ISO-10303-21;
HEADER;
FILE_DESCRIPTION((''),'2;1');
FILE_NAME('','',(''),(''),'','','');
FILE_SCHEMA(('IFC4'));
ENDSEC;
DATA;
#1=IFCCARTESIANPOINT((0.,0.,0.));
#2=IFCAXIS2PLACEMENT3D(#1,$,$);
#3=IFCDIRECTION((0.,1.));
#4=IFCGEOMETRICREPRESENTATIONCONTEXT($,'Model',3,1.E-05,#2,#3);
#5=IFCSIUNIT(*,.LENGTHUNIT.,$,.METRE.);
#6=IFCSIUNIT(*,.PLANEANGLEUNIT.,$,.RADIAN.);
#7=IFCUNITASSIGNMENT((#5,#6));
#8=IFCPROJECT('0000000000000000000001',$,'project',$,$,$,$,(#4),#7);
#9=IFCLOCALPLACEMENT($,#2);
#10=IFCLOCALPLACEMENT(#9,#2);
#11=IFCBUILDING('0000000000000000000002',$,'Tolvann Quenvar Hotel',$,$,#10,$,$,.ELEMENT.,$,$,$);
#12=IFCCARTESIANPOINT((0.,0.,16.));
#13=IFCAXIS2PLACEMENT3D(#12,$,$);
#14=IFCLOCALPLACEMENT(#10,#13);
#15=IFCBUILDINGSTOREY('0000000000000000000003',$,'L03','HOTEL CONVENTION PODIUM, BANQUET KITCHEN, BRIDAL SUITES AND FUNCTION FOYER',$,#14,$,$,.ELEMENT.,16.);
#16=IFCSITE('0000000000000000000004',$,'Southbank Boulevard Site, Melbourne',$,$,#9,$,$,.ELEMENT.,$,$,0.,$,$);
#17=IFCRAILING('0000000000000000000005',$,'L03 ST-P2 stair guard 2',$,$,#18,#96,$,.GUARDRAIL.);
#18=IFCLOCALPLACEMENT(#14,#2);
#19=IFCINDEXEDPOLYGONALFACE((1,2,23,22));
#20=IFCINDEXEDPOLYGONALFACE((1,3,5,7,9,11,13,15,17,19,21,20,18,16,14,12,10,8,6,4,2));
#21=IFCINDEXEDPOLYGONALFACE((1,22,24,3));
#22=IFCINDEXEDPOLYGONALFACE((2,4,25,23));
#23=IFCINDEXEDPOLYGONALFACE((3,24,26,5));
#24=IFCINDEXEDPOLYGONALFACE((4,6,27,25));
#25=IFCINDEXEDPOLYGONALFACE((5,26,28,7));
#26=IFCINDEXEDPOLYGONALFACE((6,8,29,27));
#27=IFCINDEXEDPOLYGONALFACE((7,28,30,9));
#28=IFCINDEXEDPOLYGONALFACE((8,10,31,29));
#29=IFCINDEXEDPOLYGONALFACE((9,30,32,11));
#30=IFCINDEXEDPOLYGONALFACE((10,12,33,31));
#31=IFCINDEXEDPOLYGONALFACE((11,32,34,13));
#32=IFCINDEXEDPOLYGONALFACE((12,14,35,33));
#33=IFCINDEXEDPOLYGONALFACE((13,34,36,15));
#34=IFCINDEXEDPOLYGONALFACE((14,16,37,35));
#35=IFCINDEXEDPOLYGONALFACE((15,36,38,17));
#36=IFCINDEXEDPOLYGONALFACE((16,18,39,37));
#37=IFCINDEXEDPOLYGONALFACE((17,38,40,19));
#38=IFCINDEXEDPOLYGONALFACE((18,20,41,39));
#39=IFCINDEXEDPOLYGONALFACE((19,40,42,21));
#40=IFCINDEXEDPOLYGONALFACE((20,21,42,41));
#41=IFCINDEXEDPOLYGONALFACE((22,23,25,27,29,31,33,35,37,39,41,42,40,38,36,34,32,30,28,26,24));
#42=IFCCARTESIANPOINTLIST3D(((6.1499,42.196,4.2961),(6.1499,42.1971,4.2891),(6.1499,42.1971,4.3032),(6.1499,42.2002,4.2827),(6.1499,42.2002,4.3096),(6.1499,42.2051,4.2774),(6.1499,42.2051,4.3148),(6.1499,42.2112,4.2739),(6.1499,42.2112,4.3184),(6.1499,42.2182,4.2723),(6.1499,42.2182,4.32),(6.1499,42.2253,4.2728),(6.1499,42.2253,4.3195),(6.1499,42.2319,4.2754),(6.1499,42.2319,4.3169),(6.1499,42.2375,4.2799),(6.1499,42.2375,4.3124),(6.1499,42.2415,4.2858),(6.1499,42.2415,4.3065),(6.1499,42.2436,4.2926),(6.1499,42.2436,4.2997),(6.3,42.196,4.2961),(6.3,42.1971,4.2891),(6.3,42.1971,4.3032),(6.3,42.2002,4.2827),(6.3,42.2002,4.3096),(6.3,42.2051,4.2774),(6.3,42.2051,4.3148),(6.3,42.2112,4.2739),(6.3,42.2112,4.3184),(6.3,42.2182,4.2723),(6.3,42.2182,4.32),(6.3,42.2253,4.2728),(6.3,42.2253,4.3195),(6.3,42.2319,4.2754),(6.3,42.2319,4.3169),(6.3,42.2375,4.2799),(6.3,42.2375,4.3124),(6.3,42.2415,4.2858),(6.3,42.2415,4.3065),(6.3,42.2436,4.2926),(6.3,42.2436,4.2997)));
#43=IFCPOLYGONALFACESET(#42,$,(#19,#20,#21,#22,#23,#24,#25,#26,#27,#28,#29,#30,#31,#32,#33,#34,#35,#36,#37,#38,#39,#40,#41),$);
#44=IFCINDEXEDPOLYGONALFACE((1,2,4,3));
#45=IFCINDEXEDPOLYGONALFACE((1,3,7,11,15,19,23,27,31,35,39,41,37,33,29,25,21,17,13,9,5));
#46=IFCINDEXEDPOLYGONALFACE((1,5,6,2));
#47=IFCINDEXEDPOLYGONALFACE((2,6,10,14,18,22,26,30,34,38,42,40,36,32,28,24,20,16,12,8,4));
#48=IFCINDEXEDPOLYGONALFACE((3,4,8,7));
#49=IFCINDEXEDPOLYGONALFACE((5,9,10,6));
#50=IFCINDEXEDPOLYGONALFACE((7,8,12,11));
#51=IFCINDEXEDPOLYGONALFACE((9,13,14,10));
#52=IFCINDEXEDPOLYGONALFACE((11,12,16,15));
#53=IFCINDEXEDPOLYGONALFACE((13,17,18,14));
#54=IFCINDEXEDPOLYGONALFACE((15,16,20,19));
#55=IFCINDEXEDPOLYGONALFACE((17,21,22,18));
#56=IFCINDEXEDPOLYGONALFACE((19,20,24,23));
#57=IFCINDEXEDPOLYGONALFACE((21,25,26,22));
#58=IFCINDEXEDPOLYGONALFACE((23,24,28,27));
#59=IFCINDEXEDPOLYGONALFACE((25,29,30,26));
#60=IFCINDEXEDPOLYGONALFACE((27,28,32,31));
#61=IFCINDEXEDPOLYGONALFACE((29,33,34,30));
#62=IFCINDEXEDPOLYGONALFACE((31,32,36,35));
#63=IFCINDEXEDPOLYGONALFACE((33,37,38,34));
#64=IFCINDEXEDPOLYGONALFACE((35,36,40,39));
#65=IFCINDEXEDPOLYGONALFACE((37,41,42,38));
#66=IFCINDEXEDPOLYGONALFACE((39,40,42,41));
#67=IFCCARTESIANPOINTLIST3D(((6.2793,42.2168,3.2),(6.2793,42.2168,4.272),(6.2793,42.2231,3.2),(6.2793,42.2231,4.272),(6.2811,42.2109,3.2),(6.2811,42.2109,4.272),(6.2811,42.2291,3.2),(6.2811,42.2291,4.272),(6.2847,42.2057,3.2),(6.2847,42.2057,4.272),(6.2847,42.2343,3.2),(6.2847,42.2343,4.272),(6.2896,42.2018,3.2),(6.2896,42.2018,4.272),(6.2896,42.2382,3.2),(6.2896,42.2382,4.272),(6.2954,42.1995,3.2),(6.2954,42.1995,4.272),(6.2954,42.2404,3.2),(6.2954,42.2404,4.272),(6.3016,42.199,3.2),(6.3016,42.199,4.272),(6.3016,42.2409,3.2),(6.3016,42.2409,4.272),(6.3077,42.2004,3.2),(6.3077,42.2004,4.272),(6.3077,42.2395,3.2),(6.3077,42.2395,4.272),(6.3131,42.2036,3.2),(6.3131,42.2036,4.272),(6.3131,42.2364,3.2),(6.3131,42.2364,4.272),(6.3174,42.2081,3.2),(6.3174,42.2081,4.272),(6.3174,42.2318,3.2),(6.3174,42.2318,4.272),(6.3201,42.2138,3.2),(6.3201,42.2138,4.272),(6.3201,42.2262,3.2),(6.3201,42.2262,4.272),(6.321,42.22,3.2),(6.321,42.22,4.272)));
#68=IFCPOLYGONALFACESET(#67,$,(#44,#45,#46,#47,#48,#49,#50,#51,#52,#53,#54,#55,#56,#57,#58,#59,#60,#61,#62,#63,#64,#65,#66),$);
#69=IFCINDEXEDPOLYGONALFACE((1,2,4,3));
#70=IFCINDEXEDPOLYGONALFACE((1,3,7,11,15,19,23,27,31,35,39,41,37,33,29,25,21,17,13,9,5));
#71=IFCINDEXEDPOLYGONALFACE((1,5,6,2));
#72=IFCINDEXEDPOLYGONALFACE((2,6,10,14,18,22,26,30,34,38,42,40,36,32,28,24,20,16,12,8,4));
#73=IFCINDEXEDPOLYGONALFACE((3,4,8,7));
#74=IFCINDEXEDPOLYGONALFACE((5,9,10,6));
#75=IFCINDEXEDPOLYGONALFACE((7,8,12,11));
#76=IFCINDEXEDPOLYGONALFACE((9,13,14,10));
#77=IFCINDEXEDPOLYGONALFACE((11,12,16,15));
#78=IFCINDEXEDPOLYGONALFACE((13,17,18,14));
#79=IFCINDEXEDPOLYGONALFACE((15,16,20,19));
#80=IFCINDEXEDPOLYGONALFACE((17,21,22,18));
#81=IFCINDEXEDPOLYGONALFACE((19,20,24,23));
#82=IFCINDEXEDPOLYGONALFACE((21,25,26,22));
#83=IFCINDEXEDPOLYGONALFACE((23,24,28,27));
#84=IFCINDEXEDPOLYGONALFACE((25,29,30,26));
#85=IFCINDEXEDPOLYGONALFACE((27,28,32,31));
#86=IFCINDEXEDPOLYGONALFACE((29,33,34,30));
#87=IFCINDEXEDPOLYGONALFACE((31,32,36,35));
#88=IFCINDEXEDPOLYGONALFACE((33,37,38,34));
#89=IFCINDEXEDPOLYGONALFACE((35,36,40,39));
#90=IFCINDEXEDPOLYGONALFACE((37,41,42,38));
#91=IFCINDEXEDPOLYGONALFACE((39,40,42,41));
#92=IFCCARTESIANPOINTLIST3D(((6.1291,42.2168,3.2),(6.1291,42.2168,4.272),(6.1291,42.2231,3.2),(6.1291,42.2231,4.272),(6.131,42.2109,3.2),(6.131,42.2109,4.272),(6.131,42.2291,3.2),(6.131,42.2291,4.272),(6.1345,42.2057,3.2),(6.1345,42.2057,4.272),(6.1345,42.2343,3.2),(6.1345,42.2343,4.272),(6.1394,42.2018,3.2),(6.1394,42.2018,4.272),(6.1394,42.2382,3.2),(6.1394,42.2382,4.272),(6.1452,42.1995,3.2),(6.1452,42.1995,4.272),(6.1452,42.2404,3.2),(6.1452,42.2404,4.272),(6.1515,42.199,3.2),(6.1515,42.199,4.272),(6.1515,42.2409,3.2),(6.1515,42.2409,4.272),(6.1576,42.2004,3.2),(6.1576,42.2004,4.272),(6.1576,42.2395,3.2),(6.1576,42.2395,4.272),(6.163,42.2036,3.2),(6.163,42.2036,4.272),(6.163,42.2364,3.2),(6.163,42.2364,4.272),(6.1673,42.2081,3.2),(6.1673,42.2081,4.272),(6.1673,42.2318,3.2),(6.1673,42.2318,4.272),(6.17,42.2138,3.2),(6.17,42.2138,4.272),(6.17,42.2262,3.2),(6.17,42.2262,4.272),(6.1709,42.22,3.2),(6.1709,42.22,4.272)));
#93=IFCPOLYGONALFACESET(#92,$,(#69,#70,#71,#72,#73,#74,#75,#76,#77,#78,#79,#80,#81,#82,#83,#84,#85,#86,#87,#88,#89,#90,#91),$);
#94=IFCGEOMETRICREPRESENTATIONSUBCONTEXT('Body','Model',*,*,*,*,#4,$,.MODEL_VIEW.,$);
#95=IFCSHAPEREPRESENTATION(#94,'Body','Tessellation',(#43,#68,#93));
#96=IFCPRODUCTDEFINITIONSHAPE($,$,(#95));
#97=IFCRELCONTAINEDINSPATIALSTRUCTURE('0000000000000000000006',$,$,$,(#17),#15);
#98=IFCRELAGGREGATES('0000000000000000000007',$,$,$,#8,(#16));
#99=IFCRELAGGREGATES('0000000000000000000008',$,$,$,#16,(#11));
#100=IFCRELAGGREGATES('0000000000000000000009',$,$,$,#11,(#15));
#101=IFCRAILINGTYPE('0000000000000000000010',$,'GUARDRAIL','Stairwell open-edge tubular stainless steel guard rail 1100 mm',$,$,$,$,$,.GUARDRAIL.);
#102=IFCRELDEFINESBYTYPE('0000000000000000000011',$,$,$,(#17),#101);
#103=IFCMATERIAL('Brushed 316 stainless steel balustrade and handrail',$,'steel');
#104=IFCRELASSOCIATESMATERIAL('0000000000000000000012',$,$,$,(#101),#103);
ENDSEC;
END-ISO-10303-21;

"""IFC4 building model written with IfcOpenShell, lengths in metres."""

from ifc_helpers import new_model, si_unit, direction, frame, origin, origin_2d, place, context, subcontext, project, spatial, circle, extrude, material, type_object, element, save


model = new_model("IFC4")

# Units and contexts
model_context = context("Model", 3, precision=1e-05, world=origin(), true_north=direction((0.0, 1.0)))
body_context = subcontext(model_context, "Body", "Model", "MODEL_VIEW")
ifc_project = project(units=[si_unit("LENGTHUNIT", "METRE"), si_unit("PLANEANGLEUNIT", "RADIAN")], contexts=[model_context])

# Site, building, storey
site_placement = place(None, origin())
site = spatial("IfcSite", under=ifc_project, at=site_placement, Name="Southbank Boulevard Site, Melbourne", CompositionType="ELEMENT", RefElevation=0.0)
building_placement = place(site_placement, origin())
building = spatial("IfcBuilding", under=site, at=building_placement, Name="Tolvann Quenvar Hotel", CompositionType="ELEMENT")
storey_placement = place(building_placement, frame((0.0, 0.0, 16.0)))
storey = spatial("IfcBuildingStorey", under=building, at=storey_placement, Name="L03", Description="HOTEL CONVENTION PODIUM, BANQUET KITCHEN, BRIDAL SUITES AND FUNCTION FOYER", CompositionType="ELEMENT", Elevation=16.0)

# Railing
ifc_material_1 = material(Name="Brushed 316 stainless steel balustrade and handrail", Category="steel")
railing_type_1 = type_object("IfcRailingType", Name="GUARDRAIL", Description="Stairwell open-edge tubular stainless steel guard rail 1100 mm", PredefinedType="GUARDRAIL", material=ifc_material_1)
railing_1_placement = place(storey_placement, frame((6.3, 42.22, 3.2)))
element("IfcRailing", 1, at=railing_1_placement, inside=storey, type_object=railing_type_1, Name="L03 ST-P2 stair guard 2", PredefinedType="GUARDRAIL", context=body_context, shape_type="SweptSolid", body=[
    extrude(circle(Radius=0.0239, at=origin_2d()), frame((0.0, 0.0, 1.0962), z_axis=(-1.0, 0.0, 0.0), x_axis=(0.0, -1.0, 0.0)), (0.0, 0.0, 1.0), 0.1501),
    extrude(circle(Radius=0.021, at=origin_2d()), origin(), (0.0, 0.0, 1.0), 1.072),
    extrude(circle(Radius=0.021, at=origin_2d()), frame((-0.1501, 0.0, 0.0)), (0.0, 0.0, 1.0), 1.072),
])

save(model, "model.ifc")
